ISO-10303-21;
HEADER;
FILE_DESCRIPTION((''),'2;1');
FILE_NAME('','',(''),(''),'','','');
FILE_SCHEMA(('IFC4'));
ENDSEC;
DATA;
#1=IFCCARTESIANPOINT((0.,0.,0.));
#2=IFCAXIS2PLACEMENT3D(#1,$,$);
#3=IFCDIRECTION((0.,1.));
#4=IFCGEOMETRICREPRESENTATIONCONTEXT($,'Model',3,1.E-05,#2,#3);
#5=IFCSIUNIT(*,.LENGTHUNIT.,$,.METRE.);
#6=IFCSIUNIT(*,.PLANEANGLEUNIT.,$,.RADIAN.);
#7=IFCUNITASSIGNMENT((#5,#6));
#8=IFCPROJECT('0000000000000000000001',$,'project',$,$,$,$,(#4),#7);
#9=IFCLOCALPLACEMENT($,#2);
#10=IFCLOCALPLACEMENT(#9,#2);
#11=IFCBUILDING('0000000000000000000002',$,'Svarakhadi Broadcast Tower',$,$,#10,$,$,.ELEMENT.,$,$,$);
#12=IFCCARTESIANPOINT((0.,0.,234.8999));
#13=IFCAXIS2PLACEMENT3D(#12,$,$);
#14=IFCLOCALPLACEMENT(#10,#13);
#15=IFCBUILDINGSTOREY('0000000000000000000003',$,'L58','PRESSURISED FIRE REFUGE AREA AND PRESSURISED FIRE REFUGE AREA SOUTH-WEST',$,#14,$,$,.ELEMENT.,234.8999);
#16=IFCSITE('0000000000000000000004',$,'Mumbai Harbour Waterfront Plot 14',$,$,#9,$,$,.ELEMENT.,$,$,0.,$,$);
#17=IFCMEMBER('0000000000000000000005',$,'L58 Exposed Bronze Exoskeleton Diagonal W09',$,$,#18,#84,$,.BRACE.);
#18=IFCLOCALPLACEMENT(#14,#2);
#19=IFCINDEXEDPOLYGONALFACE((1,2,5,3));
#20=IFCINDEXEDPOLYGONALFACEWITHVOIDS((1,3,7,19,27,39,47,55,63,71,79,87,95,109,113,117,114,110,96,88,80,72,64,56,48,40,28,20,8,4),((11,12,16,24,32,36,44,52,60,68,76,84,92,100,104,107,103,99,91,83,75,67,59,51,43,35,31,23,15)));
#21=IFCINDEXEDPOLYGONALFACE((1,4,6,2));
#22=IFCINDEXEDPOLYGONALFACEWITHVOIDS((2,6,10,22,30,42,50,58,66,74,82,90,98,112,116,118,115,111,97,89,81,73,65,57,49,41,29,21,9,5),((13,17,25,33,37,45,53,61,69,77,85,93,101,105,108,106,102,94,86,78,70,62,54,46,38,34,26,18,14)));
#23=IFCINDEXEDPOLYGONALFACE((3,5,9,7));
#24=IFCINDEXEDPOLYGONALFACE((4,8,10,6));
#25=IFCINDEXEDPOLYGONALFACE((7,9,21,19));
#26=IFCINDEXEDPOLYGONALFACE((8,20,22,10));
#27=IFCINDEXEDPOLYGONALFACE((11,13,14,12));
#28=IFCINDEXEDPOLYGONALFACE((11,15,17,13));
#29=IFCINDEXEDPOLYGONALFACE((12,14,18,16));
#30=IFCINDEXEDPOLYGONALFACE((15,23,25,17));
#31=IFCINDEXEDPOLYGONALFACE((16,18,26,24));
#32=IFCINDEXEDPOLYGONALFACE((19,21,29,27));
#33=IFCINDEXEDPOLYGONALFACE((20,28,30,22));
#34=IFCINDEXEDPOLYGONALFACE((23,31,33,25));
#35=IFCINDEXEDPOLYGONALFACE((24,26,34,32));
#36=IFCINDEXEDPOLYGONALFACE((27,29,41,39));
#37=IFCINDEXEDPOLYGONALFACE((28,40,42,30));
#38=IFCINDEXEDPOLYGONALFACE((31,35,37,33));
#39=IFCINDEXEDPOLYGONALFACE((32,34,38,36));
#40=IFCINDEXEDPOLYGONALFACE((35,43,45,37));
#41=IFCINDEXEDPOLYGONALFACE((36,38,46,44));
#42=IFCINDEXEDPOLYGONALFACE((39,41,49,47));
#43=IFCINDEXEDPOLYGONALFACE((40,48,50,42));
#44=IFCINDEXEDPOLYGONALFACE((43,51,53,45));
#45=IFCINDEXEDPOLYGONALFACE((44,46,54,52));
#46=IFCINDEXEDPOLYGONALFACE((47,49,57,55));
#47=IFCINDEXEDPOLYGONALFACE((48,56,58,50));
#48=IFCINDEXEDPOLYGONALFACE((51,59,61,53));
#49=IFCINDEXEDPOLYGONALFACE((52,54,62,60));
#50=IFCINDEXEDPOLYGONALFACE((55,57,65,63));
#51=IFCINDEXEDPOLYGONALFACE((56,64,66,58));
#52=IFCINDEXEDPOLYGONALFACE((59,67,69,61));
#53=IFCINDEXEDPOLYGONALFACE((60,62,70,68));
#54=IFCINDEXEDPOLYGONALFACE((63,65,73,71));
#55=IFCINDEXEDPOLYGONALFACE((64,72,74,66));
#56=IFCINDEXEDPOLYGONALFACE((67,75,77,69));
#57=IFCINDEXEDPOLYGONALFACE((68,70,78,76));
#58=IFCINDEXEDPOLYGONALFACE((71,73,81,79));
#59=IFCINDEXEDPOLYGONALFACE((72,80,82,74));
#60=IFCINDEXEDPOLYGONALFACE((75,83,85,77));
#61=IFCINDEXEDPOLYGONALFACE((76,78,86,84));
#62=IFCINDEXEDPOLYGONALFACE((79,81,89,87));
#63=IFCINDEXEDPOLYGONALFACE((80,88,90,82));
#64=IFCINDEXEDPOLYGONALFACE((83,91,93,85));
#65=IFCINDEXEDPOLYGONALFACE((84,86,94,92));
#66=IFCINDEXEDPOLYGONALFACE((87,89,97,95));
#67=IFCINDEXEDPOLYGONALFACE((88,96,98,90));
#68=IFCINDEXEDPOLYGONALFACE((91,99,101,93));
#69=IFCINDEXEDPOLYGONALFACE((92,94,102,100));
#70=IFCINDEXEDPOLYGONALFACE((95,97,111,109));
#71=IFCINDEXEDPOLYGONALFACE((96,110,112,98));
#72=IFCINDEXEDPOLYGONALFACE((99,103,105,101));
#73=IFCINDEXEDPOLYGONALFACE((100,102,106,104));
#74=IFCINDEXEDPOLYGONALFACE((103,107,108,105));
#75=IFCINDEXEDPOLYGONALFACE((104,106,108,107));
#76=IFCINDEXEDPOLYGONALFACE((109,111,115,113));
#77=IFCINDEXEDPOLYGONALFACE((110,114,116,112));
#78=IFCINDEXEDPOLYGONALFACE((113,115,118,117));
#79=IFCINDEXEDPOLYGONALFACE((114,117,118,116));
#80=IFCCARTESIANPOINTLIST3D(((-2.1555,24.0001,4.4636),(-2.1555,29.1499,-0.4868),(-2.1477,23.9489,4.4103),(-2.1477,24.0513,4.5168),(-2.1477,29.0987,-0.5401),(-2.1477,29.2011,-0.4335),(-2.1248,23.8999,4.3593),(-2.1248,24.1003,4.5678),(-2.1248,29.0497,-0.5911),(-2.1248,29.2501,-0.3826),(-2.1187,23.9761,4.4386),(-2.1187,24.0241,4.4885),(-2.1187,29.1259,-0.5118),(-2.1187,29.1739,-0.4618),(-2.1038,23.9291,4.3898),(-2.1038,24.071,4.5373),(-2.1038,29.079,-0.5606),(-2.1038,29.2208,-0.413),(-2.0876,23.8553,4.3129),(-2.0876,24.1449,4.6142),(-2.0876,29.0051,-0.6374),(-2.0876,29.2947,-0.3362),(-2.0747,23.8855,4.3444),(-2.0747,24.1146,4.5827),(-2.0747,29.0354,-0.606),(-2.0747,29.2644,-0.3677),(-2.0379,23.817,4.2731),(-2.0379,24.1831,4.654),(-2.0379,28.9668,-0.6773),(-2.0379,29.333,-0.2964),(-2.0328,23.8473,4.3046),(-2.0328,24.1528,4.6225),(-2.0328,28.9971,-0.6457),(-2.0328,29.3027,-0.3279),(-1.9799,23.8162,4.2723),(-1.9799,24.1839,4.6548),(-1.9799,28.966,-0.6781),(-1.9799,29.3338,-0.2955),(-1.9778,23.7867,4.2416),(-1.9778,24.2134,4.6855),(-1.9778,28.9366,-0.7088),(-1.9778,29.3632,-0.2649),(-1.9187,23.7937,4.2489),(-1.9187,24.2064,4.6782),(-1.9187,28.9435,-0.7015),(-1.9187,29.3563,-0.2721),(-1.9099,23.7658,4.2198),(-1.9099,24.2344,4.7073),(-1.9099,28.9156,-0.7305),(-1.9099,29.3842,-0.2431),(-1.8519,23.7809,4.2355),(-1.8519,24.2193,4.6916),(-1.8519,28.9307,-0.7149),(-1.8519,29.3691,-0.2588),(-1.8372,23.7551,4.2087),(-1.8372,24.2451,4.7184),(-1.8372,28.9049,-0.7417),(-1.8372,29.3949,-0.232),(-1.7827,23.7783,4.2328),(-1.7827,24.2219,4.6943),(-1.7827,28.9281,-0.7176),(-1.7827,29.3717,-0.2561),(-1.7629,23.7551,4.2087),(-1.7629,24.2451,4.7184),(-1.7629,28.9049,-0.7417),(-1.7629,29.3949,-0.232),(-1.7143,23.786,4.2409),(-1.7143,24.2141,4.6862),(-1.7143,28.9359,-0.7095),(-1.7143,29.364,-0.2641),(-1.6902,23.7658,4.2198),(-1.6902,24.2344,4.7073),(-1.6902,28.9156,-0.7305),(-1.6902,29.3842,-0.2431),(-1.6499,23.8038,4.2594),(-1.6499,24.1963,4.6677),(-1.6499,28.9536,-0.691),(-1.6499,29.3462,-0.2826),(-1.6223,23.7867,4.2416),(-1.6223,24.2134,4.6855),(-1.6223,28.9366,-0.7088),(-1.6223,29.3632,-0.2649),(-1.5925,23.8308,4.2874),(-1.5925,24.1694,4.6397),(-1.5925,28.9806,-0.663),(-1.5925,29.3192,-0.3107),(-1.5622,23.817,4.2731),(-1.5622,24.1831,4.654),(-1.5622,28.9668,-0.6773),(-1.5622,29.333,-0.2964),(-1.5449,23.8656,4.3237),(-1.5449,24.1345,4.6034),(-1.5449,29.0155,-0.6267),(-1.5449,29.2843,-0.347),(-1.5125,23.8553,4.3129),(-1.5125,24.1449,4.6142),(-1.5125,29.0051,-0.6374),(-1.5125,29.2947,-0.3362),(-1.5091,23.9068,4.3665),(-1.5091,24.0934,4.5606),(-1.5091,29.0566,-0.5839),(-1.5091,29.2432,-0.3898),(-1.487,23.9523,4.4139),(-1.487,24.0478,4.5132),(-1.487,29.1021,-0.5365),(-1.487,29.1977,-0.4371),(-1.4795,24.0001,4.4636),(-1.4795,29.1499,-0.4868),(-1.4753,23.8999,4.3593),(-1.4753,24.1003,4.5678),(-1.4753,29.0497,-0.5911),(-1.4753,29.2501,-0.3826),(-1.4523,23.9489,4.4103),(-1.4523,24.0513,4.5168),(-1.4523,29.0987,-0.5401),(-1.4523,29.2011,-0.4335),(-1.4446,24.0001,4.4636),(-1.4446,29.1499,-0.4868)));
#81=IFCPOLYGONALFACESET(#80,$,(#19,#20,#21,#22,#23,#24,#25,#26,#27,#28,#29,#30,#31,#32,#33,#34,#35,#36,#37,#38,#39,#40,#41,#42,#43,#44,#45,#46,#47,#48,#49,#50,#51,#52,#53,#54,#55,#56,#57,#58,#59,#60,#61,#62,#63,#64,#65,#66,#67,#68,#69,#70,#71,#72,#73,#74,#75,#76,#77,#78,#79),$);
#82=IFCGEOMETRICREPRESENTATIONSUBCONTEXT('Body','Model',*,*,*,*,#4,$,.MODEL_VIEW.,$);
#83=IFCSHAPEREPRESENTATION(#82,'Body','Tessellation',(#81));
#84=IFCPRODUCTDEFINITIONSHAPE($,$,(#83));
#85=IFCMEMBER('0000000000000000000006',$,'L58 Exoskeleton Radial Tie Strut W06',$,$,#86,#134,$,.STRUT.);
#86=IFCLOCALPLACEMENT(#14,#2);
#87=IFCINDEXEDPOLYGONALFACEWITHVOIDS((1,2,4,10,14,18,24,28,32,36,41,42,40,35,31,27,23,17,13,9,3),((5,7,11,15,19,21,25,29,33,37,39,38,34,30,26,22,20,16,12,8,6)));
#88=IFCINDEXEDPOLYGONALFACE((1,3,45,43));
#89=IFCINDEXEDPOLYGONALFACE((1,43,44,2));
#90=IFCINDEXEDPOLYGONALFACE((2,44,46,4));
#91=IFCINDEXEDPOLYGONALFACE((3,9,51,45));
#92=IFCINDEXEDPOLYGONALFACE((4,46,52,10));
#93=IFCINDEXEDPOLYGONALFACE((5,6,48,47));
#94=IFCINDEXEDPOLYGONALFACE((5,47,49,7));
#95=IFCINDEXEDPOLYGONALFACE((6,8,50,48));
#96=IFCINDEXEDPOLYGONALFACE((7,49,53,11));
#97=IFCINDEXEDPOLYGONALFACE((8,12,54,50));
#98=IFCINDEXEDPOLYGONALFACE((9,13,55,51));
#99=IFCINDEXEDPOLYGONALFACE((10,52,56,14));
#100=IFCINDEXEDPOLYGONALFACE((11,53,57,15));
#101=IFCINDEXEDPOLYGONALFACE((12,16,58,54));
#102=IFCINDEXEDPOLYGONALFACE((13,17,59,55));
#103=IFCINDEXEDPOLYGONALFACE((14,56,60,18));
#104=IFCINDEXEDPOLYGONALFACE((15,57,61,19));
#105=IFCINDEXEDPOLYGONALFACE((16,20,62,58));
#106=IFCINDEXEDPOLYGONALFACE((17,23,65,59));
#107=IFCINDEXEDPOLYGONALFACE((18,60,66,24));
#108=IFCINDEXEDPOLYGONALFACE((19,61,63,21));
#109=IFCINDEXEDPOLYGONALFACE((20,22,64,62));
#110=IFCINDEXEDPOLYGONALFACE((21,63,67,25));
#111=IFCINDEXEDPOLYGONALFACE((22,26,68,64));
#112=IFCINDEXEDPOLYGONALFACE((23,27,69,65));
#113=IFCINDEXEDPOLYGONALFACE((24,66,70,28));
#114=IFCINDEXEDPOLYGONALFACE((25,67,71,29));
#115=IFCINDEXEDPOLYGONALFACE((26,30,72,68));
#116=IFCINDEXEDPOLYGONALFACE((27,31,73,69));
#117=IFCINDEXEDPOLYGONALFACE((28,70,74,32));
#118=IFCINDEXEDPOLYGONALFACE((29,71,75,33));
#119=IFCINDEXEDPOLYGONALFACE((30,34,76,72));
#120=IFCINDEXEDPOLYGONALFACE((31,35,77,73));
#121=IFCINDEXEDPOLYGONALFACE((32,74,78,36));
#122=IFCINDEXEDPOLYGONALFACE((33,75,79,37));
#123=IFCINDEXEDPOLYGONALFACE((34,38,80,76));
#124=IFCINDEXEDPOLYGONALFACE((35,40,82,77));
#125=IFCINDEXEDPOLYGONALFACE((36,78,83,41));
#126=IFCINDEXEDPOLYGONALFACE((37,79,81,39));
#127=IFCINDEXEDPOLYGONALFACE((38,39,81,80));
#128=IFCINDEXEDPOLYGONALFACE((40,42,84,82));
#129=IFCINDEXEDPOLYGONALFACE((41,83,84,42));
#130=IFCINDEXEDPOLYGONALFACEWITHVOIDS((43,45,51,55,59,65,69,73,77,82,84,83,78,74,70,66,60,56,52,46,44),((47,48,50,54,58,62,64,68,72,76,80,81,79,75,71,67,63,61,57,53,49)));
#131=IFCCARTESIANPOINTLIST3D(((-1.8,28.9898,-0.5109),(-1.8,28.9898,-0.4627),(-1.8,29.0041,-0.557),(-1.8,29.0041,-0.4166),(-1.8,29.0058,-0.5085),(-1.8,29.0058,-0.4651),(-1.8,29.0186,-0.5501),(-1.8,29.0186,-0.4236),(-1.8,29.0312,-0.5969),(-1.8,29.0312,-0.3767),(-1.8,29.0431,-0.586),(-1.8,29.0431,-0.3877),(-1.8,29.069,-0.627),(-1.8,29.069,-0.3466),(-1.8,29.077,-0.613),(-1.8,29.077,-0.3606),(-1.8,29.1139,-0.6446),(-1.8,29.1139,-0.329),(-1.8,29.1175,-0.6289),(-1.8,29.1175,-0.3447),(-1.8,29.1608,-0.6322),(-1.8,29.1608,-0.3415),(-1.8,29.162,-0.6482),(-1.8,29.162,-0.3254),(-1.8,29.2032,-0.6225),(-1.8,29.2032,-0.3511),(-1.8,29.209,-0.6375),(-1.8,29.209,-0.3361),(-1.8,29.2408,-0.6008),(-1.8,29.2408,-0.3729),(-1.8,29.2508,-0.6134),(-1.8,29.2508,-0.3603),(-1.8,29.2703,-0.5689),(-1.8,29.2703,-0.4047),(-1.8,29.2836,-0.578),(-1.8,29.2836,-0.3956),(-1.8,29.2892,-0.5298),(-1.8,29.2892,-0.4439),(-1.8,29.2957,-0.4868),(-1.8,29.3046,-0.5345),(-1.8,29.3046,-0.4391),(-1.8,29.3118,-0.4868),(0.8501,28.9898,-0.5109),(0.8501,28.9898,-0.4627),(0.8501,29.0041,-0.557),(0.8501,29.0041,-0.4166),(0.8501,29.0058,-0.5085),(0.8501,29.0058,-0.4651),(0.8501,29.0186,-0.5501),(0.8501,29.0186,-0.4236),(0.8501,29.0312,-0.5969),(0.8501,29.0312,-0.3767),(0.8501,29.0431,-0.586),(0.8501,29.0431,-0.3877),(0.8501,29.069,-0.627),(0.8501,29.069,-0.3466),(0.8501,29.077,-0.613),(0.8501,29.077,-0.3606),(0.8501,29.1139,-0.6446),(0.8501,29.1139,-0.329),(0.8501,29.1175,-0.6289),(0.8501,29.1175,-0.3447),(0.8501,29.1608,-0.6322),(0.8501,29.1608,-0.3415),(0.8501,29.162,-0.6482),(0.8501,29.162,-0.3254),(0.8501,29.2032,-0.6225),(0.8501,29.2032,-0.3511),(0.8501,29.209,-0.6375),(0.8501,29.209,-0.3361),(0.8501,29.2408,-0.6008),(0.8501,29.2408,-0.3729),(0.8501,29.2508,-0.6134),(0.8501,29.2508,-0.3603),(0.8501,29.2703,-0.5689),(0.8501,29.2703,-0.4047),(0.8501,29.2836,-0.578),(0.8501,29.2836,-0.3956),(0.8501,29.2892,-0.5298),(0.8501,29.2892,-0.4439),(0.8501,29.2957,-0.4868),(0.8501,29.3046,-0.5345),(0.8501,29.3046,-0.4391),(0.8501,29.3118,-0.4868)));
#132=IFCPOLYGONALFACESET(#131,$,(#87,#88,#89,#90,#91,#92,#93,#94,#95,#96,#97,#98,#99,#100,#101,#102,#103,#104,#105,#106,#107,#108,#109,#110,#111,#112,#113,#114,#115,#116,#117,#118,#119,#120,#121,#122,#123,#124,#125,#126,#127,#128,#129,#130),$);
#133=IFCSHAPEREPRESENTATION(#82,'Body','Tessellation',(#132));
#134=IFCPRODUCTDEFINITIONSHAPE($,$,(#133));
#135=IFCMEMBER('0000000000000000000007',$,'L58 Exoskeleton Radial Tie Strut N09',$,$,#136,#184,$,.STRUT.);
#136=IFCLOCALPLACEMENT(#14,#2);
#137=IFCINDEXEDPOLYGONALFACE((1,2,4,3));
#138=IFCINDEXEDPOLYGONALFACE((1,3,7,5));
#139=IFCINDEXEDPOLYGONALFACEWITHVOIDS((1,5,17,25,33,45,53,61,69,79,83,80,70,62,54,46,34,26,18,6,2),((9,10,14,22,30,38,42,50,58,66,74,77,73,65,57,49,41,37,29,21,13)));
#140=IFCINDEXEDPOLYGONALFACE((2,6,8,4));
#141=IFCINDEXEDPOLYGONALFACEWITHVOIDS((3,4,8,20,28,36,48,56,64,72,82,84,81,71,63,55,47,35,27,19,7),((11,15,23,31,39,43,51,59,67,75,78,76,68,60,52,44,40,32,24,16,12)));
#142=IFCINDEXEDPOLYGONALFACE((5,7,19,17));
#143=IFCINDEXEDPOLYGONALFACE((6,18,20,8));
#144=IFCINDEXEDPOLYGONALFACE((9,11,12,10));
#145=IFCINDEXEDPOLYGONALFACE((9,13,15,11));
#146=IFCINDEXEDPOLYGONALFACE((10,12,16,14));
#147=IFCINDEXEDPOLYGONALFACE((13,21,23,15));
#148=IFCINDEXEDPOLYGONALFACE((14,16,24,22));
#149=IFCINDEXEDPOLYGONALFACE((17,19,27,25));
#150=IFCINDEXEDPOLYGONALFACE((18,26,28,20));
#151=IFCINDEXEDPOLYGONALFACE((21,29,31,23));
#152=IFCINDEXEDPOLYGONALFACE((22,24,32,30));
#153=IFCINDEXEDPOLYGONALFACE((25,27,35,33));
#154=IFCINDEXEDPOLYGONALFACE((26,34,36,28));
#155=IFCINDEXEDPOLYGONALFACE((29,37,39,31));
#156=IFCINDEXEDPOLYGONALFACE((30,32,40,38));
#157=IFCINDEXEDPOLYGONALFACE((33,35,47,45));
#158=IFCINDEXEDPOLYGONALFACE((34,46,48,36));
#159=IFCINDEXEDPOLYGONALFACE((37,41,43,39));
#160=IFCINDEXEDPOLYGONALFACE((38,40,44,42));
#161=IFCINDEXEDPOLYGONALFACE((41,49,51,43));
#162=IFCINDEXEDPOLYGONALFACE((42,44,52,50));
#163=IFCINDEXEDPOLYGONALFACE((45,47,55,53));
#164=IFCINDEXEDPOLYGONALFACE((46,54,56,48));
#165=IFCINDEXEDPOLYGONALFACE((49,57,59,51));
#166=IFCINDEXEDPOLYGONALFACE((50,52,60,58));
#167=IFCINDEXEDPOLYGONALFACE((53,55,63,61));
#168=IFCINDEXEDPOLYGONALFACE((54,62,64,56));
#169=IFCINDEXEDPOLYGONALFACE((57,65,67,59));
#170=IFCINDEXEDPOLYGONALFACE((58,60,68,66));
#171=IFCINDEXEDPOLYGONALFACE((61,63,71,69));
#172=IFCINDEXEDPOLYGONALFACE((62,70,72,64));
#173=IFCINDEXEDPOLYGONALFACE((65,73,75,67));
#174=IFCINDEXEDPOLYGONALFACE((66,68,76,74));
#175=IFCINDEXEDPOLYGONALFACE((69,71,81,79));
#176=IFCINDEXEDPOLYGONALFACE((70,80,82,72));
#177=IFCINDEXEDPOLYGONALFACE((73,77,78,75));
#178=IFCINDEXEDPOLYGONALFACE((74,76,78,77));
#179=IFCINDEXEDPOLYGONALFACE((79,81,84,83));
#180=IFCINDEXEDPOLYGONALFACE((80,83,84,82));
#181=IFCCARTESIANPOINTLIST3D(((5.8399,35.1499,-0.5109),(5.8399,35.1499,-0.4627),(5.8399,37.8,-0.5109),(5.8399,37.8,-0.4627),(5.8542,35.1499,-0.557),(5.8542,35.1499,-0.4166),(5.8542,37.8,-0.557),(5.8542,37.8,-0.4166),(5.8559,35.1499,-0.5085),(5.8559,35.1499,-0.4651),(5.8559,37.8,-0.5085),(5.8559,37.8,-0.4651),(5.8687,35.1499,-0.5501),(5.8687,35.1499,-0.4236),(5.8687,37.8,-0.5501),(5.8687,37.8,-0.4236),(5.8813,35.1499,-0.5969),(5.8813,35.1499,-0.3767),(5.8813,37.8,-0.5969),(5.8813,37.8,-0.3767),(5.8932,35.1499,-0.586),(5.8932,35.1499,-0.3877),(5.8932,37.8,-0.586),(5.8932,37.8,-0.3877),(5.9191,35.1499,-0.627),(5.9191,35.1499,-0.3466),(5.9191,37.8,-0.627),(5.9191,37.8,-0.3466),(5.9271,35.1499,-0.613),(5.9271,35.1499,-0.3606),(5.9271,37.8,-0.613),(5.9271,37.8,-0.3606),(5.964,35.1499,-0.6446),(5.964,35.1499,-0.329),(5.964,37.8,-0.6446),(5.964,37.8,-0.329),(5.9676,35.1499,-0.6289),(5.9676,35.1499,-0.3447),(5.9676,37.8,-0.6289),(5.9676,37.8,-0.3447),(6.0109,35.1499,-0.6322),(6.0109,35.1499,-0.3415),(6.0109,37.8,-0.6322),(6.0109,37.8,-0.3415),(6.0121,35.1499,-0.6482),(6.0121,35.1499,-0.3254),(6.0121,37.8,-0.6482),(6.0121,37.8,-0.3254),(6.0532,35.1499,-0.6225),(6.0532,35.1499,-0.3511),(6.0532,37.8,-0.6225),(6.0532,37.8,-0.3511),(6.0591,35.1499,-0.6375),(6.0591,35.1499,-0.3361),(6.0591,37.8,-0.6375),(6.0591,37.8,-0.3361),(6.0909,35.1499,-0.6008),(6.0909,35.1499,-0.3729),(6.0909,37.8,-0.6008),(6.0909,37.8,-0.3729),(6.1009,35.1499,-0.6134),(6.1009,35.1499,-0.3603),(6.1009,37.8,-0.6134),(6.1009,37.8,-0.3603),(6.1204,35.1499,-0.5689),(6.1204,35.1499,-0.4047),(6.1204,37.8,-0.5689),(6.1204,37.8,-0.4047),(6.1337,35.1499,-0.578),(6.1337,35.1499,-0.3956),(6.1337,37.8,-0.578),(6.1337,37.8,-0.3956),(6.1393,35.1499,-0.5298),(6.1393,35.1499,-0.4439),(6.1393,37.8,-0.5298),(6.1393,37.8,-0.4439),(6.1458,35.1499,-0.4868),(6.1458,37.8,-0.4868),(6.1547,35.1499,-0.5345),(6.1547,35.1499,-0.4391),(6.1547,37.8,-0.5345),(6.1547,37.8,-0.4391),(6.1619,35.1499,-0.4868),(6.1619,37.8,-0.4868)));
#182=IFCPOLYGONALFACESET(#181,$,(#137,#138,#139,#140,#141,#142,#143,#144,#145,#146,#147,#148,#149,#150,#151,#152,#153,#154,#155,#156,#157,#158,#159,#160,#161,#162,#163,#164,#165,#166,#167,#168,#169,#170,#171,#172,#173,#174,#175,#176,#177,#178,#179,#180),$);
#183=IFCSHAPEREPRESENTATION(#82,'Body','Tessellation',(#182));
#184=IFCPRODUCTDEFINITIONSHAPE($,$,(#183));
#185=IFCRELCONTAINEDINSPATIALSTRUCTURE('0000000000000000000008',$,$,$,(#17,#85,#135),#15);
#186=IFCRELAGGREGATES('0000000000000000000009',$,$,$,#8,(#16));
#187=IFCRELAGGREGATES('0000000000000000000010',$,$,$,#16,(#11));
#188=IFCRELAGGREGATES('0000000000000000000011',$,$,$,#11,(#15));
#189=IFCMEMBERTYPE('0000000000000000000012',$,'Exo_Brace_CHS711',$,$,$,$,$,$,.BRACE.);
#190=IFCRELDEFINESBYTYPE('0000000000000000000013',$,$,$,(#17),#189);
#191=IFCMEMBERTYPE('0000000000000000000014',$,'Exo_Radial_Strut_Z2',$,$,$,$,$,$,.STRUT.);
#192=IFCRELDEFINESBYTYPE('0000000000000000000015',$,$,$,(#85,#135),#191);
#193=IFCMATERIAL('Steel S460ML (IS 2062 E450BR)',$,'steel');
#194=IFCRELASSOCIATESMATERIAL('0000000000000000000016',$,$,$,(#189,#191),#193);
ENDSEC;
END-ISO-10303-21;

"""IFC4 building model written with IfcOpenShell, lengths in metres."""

from ifc_helpers import new_model, si_unit, direction, frame, origin, origin_2d, place, context, subcontext, project, spatial, hollow_circle, extrude, material, material_profile, profile_set, type_object, element, save


model = new_model("IFC4")

# Units and contexts
model_context = context("Model", 3, precision=1e-05, world=origin(), true_north=direction((0.0, 1.0)))
body_context = subcontext(model_context, "Body", "Model", "MODEL_VIEW")
ifc_project = project(units=[si_unit("LENGTHUNIT", "METRE"), si_unit("PLANEANGLEUNIT", "RADIAN")], contexts=[model_context])

# Site, building, storey
site_placement = place(None, origin())
site = spatial("IfcSite", under=ifc_project, at=site_placement, Name="Mumbai Harbour Waterfront Plot 14", CompositionType="ELEMENT", RefElevation=0.0)
building_placement = place(site_placement, origin())
building = spatial("IfcBuilding", under=site, at=building_placement, Name="Svarakhadi Broadcast Tower", CompositionType="ELEMENT")
storey_placement = place(building_placement, frame((0.0, 0.0, 234.8999)))
storey = spatial("IfcBuildingStorey", under=building, at=storey_placement, Name="L58", Description="PRESSURISED FIRE REFUGE AREA AND PRESSURISED FIRE REFUGE AREA SOUTH-WEST", CompositionType="ELEMENT", Elevation=234.8999)

# Shared definitions
ifc_material_1 = material(Name="Steel S460ML (IS 2062 E450BR)", Category="steel")

# Members
ifc_material_profile_1 = material_profile(ifc_material_1, hollow_circle(Radius=0.3555, WallThickness=0.0349, at=origin_2d()), Name="CHS 711x35")
ifc_profile_set_1 = profile_set([ifc_material_profile_1], Name="Steel S460ML (IS 2062 E450BR)")
member_type_1 = type_object("IfcMemberType", Name="Exo_Brace_CHS711", PredefinedType="BRACE", material=ifc_profile_set_1)
member_1_placement = place(storey_placement, frame((-1.8, 29.1499, -0.4868), z_axis=(0.0, -0.72093, 0.693008), x_axis=(1.0, 0.0, 0.0)))
element("IfcMember", 1, at=member_1_placement, inside=storey, type_object=member_type_1, Name="L58 Exposed Bronze Exoskeleton Diagonal W09", PredefinedType="BRACE", context=body_context, shape_type="SweptSolid", body=[
    extrude(hollow_circle(Radius=0.3555, WallThickness=0.0349, at=origin_2d()), origin(), (0.0, 0.0, 1.0), 7.1433),
])
ifc_material_profile_2 = material_profile(ifc_material_1, hollow_circle(Radius=0.1619, WallThickness=0.0161, at=origin_2d()), Name="CHS 323.9x16")
ifc_profile_set_2 = profile_set([ifc_material_profile_2], Name="Steel S460ML (IS 2062 E450BR)")
member_type_2 = type_object("IfcMemberType", Name="Exo_Radial_Strut_Z2", PredefinedType="STRUT", material=ifc_profile_set_2)
for number, where, z_axis, x_axis, name in (
    (2, (-1.8, 29.1499, -0.4868), (1.0, 0.0, 0.0), (0.0, 1.0, 0.0), "L58 Exoskeleton Radial Tie Strut W06"),
    (3, (6.0, 37.8, -0.4868), (0.0, -1.0, 0.0), (1.0, 0.0, 0.0), "L58 Exoskeleton Radial Tie Strut N09"),
):
    element("IfcMember", number, at=place(storey_placement, frame(where, z_axis=z_axis, x_axis=x_axis)), inside=storey, type_object=member_type_2, Name=name, PredefinedType="STRUT", context=body_context, shape_type="SweptSolid", body=[
        extrude(hollow_circle(Radius=0.1619, WallThickness=0.0161, at=origin_2d()), origin(), (0.0, 0.0, 1.0), 2.6501),
    ])

save(model, "model.ifc")
